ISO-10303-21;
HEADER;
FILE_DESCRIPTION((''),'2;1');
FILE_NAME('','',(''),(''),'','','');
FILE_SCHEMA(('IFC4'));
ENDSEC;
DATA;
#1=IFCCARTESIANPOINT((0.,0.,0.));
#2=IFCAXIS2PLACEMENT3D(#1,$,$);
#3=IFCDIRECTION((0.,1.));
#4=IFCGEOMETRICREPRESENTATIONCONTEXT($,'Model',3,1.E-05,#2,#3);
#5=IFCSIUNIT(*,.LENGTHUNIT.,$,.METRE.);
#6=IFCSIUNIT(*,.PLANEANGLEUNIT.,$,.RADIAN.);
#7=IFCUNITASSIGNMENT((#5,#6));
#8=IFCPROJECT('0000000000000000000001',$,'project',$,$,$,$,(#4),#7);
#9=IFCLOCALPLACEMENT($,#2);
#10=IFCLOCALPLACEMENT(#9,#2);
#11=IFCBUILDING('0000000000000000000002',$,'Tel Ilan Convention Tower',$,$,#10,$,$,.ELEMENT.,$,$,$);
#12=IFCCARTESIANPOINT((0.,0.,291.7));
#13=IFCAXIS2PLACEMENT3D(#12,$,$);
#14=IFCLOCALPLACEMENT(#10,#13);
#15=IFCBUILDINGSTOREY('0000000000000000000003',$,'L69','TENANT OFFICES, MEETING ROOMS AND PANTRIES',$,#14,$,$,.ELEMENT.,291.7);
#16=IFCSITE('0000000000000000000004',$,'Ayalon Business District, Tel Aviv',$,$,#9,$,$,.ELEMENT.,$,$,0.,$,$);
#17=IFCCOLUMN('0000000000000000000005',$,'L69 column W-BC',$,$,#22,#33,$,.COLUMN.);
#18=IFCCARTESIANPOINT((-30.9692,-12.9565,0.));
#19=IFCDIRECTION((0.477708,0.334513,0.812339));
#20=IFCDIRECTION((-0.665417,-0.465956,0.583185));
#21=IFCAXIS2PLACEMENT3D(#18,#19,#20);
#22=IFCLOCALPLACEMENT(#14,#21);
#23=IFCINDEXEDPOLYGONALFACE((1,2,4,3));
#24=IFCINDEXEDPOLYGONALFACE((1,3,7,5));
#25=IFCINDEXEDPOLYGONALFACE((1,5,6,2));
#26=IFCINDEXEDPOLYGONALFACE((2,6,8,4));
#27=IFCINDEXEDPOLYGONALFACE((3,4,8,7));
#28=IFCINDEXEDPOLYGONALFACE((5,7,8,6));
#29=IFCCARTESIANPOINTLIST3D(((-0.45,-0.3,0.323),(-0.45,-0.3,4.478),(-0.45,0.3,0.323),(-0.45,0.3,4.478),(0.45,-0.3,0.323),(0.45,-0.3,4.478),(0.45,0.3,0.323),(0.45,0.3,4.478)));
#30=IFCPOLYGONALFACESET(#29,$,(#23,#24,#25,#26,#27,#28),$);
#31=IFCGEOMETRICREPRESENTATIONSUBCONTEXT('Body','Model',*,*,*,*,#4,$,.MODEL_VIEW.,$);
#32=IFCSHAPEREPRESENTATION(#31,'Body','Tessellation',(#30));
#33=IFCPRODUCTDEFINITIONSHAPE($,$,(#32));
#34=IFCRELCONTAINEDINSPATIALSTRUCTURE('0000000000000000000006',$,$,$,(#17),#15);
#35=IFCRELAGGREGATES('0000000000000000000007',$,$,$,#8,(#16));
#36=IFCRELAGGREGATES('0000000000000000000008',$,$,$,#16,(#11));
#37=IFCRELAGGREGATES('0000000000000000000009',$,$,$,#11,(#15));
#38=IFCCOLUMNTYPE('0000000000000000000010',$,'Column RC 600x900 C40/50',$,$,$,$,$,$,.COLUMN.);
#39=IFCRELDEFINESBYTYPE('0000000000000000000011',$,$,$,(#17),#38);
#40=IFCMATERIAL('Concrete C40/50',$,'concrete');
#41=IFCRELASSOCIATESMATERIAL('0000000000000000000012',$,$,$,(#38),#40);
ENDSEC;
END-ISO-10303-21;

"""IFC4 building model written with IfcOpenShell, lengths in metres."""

from ifc_helpers import new_model, si_unit, direction, frame, origin, origin_2d, place, context, subcontext, project, spatial, rectangle, extrude, clip, halfspace, material, material_profile, profile_set, type_object, element, save


model = new_model("IFC4")

# Units and contexts
model_context = context("Model", 3, precision=1e-05, world=origin(), true_north=direction((0.0, 1.0)))
body_context = subcontext(model_context, "Body", "Model", "MODEL_VIEW")
ifc_project = project(units=[si_unit("LENGTHUNIT", "METRE"), si_unit("PLANEANGLEUNIT", "RADIAN")], contexts=[model_context])

# Site, building, storey
site_placement = place(None, origin())
site = spatial("IfcSite", under=ifc_project, at=site_placement, Name="Ayalon Business District, Tel Aviv", CompositionType="ELEMENT", RefElevation=0.0)
building_placement = place(site_placement, origin())
building = spatial("IfcBuilding", under=site, at=building_placement, Name="Tel Ilan Convention Tower", CompositionType="ELEMENT")
storey_placement = place(building_placement, frame((0.0, 0.0, 291.7)))
storey = spatial("IfcBuildingStorey", under=building, at=storey_placement, Name="L69", Description="TENANT OFFICES, MEETING ROOMS AND PANTRIES", CompositionType="ELEMENT", Elevation=291.7)

# Column
ifc_material_1 = material(Name="Concrete C40/50", Category="concrete")
ifc_material_profile_1 = material_profile(ifc_material_1, rectangle(XDim=0.8999, YDim=0.6001, at=origin_2d()), Name="RC 600x900")
ifc_profile_set_1 = profile_set([ifc_material_profile_1], Name="Concrete C40/50")
column_type = type_object("IfcColumnType", Name="Column RC 600x900 C40/50", PredefinedType="COLUMN", material=ifc_profile_set_1)
column_placement = place(storey_placement, frame((-30.9692, -12.9565, 0.0), z_axis=(0.477708, 0.334513, 0.812339), x_axis=(-0.665417, -0.465956, 0.583185)))
element("IfcColumn", 1, at=column_placement, inside=storey, type_object=column_type, Name="L69 column W-BC", PredefinedType="COLUMN", context=body_context, shape_type="Clipping", body=[
    clip(clip(extrude(rectangle(XDim=0.8999, YDim=0.6001, at=origin_2d()), origin(), (0.0, 0.0, 1.0), 4.8013), halfspace(frame((0.0, 0.0, 0.323), z_axis=(0.0, 0.0, 1.0), x_axis=(1.0, 0.0, 0.0)), True)), halfspace(frame((0.0, 0.0, 4.478), z_axis=(0.0, 0.0, 1.0), x_axis=(1.0, 0.0, 0.0)), False)),
])

save(model, "model.ifc")
